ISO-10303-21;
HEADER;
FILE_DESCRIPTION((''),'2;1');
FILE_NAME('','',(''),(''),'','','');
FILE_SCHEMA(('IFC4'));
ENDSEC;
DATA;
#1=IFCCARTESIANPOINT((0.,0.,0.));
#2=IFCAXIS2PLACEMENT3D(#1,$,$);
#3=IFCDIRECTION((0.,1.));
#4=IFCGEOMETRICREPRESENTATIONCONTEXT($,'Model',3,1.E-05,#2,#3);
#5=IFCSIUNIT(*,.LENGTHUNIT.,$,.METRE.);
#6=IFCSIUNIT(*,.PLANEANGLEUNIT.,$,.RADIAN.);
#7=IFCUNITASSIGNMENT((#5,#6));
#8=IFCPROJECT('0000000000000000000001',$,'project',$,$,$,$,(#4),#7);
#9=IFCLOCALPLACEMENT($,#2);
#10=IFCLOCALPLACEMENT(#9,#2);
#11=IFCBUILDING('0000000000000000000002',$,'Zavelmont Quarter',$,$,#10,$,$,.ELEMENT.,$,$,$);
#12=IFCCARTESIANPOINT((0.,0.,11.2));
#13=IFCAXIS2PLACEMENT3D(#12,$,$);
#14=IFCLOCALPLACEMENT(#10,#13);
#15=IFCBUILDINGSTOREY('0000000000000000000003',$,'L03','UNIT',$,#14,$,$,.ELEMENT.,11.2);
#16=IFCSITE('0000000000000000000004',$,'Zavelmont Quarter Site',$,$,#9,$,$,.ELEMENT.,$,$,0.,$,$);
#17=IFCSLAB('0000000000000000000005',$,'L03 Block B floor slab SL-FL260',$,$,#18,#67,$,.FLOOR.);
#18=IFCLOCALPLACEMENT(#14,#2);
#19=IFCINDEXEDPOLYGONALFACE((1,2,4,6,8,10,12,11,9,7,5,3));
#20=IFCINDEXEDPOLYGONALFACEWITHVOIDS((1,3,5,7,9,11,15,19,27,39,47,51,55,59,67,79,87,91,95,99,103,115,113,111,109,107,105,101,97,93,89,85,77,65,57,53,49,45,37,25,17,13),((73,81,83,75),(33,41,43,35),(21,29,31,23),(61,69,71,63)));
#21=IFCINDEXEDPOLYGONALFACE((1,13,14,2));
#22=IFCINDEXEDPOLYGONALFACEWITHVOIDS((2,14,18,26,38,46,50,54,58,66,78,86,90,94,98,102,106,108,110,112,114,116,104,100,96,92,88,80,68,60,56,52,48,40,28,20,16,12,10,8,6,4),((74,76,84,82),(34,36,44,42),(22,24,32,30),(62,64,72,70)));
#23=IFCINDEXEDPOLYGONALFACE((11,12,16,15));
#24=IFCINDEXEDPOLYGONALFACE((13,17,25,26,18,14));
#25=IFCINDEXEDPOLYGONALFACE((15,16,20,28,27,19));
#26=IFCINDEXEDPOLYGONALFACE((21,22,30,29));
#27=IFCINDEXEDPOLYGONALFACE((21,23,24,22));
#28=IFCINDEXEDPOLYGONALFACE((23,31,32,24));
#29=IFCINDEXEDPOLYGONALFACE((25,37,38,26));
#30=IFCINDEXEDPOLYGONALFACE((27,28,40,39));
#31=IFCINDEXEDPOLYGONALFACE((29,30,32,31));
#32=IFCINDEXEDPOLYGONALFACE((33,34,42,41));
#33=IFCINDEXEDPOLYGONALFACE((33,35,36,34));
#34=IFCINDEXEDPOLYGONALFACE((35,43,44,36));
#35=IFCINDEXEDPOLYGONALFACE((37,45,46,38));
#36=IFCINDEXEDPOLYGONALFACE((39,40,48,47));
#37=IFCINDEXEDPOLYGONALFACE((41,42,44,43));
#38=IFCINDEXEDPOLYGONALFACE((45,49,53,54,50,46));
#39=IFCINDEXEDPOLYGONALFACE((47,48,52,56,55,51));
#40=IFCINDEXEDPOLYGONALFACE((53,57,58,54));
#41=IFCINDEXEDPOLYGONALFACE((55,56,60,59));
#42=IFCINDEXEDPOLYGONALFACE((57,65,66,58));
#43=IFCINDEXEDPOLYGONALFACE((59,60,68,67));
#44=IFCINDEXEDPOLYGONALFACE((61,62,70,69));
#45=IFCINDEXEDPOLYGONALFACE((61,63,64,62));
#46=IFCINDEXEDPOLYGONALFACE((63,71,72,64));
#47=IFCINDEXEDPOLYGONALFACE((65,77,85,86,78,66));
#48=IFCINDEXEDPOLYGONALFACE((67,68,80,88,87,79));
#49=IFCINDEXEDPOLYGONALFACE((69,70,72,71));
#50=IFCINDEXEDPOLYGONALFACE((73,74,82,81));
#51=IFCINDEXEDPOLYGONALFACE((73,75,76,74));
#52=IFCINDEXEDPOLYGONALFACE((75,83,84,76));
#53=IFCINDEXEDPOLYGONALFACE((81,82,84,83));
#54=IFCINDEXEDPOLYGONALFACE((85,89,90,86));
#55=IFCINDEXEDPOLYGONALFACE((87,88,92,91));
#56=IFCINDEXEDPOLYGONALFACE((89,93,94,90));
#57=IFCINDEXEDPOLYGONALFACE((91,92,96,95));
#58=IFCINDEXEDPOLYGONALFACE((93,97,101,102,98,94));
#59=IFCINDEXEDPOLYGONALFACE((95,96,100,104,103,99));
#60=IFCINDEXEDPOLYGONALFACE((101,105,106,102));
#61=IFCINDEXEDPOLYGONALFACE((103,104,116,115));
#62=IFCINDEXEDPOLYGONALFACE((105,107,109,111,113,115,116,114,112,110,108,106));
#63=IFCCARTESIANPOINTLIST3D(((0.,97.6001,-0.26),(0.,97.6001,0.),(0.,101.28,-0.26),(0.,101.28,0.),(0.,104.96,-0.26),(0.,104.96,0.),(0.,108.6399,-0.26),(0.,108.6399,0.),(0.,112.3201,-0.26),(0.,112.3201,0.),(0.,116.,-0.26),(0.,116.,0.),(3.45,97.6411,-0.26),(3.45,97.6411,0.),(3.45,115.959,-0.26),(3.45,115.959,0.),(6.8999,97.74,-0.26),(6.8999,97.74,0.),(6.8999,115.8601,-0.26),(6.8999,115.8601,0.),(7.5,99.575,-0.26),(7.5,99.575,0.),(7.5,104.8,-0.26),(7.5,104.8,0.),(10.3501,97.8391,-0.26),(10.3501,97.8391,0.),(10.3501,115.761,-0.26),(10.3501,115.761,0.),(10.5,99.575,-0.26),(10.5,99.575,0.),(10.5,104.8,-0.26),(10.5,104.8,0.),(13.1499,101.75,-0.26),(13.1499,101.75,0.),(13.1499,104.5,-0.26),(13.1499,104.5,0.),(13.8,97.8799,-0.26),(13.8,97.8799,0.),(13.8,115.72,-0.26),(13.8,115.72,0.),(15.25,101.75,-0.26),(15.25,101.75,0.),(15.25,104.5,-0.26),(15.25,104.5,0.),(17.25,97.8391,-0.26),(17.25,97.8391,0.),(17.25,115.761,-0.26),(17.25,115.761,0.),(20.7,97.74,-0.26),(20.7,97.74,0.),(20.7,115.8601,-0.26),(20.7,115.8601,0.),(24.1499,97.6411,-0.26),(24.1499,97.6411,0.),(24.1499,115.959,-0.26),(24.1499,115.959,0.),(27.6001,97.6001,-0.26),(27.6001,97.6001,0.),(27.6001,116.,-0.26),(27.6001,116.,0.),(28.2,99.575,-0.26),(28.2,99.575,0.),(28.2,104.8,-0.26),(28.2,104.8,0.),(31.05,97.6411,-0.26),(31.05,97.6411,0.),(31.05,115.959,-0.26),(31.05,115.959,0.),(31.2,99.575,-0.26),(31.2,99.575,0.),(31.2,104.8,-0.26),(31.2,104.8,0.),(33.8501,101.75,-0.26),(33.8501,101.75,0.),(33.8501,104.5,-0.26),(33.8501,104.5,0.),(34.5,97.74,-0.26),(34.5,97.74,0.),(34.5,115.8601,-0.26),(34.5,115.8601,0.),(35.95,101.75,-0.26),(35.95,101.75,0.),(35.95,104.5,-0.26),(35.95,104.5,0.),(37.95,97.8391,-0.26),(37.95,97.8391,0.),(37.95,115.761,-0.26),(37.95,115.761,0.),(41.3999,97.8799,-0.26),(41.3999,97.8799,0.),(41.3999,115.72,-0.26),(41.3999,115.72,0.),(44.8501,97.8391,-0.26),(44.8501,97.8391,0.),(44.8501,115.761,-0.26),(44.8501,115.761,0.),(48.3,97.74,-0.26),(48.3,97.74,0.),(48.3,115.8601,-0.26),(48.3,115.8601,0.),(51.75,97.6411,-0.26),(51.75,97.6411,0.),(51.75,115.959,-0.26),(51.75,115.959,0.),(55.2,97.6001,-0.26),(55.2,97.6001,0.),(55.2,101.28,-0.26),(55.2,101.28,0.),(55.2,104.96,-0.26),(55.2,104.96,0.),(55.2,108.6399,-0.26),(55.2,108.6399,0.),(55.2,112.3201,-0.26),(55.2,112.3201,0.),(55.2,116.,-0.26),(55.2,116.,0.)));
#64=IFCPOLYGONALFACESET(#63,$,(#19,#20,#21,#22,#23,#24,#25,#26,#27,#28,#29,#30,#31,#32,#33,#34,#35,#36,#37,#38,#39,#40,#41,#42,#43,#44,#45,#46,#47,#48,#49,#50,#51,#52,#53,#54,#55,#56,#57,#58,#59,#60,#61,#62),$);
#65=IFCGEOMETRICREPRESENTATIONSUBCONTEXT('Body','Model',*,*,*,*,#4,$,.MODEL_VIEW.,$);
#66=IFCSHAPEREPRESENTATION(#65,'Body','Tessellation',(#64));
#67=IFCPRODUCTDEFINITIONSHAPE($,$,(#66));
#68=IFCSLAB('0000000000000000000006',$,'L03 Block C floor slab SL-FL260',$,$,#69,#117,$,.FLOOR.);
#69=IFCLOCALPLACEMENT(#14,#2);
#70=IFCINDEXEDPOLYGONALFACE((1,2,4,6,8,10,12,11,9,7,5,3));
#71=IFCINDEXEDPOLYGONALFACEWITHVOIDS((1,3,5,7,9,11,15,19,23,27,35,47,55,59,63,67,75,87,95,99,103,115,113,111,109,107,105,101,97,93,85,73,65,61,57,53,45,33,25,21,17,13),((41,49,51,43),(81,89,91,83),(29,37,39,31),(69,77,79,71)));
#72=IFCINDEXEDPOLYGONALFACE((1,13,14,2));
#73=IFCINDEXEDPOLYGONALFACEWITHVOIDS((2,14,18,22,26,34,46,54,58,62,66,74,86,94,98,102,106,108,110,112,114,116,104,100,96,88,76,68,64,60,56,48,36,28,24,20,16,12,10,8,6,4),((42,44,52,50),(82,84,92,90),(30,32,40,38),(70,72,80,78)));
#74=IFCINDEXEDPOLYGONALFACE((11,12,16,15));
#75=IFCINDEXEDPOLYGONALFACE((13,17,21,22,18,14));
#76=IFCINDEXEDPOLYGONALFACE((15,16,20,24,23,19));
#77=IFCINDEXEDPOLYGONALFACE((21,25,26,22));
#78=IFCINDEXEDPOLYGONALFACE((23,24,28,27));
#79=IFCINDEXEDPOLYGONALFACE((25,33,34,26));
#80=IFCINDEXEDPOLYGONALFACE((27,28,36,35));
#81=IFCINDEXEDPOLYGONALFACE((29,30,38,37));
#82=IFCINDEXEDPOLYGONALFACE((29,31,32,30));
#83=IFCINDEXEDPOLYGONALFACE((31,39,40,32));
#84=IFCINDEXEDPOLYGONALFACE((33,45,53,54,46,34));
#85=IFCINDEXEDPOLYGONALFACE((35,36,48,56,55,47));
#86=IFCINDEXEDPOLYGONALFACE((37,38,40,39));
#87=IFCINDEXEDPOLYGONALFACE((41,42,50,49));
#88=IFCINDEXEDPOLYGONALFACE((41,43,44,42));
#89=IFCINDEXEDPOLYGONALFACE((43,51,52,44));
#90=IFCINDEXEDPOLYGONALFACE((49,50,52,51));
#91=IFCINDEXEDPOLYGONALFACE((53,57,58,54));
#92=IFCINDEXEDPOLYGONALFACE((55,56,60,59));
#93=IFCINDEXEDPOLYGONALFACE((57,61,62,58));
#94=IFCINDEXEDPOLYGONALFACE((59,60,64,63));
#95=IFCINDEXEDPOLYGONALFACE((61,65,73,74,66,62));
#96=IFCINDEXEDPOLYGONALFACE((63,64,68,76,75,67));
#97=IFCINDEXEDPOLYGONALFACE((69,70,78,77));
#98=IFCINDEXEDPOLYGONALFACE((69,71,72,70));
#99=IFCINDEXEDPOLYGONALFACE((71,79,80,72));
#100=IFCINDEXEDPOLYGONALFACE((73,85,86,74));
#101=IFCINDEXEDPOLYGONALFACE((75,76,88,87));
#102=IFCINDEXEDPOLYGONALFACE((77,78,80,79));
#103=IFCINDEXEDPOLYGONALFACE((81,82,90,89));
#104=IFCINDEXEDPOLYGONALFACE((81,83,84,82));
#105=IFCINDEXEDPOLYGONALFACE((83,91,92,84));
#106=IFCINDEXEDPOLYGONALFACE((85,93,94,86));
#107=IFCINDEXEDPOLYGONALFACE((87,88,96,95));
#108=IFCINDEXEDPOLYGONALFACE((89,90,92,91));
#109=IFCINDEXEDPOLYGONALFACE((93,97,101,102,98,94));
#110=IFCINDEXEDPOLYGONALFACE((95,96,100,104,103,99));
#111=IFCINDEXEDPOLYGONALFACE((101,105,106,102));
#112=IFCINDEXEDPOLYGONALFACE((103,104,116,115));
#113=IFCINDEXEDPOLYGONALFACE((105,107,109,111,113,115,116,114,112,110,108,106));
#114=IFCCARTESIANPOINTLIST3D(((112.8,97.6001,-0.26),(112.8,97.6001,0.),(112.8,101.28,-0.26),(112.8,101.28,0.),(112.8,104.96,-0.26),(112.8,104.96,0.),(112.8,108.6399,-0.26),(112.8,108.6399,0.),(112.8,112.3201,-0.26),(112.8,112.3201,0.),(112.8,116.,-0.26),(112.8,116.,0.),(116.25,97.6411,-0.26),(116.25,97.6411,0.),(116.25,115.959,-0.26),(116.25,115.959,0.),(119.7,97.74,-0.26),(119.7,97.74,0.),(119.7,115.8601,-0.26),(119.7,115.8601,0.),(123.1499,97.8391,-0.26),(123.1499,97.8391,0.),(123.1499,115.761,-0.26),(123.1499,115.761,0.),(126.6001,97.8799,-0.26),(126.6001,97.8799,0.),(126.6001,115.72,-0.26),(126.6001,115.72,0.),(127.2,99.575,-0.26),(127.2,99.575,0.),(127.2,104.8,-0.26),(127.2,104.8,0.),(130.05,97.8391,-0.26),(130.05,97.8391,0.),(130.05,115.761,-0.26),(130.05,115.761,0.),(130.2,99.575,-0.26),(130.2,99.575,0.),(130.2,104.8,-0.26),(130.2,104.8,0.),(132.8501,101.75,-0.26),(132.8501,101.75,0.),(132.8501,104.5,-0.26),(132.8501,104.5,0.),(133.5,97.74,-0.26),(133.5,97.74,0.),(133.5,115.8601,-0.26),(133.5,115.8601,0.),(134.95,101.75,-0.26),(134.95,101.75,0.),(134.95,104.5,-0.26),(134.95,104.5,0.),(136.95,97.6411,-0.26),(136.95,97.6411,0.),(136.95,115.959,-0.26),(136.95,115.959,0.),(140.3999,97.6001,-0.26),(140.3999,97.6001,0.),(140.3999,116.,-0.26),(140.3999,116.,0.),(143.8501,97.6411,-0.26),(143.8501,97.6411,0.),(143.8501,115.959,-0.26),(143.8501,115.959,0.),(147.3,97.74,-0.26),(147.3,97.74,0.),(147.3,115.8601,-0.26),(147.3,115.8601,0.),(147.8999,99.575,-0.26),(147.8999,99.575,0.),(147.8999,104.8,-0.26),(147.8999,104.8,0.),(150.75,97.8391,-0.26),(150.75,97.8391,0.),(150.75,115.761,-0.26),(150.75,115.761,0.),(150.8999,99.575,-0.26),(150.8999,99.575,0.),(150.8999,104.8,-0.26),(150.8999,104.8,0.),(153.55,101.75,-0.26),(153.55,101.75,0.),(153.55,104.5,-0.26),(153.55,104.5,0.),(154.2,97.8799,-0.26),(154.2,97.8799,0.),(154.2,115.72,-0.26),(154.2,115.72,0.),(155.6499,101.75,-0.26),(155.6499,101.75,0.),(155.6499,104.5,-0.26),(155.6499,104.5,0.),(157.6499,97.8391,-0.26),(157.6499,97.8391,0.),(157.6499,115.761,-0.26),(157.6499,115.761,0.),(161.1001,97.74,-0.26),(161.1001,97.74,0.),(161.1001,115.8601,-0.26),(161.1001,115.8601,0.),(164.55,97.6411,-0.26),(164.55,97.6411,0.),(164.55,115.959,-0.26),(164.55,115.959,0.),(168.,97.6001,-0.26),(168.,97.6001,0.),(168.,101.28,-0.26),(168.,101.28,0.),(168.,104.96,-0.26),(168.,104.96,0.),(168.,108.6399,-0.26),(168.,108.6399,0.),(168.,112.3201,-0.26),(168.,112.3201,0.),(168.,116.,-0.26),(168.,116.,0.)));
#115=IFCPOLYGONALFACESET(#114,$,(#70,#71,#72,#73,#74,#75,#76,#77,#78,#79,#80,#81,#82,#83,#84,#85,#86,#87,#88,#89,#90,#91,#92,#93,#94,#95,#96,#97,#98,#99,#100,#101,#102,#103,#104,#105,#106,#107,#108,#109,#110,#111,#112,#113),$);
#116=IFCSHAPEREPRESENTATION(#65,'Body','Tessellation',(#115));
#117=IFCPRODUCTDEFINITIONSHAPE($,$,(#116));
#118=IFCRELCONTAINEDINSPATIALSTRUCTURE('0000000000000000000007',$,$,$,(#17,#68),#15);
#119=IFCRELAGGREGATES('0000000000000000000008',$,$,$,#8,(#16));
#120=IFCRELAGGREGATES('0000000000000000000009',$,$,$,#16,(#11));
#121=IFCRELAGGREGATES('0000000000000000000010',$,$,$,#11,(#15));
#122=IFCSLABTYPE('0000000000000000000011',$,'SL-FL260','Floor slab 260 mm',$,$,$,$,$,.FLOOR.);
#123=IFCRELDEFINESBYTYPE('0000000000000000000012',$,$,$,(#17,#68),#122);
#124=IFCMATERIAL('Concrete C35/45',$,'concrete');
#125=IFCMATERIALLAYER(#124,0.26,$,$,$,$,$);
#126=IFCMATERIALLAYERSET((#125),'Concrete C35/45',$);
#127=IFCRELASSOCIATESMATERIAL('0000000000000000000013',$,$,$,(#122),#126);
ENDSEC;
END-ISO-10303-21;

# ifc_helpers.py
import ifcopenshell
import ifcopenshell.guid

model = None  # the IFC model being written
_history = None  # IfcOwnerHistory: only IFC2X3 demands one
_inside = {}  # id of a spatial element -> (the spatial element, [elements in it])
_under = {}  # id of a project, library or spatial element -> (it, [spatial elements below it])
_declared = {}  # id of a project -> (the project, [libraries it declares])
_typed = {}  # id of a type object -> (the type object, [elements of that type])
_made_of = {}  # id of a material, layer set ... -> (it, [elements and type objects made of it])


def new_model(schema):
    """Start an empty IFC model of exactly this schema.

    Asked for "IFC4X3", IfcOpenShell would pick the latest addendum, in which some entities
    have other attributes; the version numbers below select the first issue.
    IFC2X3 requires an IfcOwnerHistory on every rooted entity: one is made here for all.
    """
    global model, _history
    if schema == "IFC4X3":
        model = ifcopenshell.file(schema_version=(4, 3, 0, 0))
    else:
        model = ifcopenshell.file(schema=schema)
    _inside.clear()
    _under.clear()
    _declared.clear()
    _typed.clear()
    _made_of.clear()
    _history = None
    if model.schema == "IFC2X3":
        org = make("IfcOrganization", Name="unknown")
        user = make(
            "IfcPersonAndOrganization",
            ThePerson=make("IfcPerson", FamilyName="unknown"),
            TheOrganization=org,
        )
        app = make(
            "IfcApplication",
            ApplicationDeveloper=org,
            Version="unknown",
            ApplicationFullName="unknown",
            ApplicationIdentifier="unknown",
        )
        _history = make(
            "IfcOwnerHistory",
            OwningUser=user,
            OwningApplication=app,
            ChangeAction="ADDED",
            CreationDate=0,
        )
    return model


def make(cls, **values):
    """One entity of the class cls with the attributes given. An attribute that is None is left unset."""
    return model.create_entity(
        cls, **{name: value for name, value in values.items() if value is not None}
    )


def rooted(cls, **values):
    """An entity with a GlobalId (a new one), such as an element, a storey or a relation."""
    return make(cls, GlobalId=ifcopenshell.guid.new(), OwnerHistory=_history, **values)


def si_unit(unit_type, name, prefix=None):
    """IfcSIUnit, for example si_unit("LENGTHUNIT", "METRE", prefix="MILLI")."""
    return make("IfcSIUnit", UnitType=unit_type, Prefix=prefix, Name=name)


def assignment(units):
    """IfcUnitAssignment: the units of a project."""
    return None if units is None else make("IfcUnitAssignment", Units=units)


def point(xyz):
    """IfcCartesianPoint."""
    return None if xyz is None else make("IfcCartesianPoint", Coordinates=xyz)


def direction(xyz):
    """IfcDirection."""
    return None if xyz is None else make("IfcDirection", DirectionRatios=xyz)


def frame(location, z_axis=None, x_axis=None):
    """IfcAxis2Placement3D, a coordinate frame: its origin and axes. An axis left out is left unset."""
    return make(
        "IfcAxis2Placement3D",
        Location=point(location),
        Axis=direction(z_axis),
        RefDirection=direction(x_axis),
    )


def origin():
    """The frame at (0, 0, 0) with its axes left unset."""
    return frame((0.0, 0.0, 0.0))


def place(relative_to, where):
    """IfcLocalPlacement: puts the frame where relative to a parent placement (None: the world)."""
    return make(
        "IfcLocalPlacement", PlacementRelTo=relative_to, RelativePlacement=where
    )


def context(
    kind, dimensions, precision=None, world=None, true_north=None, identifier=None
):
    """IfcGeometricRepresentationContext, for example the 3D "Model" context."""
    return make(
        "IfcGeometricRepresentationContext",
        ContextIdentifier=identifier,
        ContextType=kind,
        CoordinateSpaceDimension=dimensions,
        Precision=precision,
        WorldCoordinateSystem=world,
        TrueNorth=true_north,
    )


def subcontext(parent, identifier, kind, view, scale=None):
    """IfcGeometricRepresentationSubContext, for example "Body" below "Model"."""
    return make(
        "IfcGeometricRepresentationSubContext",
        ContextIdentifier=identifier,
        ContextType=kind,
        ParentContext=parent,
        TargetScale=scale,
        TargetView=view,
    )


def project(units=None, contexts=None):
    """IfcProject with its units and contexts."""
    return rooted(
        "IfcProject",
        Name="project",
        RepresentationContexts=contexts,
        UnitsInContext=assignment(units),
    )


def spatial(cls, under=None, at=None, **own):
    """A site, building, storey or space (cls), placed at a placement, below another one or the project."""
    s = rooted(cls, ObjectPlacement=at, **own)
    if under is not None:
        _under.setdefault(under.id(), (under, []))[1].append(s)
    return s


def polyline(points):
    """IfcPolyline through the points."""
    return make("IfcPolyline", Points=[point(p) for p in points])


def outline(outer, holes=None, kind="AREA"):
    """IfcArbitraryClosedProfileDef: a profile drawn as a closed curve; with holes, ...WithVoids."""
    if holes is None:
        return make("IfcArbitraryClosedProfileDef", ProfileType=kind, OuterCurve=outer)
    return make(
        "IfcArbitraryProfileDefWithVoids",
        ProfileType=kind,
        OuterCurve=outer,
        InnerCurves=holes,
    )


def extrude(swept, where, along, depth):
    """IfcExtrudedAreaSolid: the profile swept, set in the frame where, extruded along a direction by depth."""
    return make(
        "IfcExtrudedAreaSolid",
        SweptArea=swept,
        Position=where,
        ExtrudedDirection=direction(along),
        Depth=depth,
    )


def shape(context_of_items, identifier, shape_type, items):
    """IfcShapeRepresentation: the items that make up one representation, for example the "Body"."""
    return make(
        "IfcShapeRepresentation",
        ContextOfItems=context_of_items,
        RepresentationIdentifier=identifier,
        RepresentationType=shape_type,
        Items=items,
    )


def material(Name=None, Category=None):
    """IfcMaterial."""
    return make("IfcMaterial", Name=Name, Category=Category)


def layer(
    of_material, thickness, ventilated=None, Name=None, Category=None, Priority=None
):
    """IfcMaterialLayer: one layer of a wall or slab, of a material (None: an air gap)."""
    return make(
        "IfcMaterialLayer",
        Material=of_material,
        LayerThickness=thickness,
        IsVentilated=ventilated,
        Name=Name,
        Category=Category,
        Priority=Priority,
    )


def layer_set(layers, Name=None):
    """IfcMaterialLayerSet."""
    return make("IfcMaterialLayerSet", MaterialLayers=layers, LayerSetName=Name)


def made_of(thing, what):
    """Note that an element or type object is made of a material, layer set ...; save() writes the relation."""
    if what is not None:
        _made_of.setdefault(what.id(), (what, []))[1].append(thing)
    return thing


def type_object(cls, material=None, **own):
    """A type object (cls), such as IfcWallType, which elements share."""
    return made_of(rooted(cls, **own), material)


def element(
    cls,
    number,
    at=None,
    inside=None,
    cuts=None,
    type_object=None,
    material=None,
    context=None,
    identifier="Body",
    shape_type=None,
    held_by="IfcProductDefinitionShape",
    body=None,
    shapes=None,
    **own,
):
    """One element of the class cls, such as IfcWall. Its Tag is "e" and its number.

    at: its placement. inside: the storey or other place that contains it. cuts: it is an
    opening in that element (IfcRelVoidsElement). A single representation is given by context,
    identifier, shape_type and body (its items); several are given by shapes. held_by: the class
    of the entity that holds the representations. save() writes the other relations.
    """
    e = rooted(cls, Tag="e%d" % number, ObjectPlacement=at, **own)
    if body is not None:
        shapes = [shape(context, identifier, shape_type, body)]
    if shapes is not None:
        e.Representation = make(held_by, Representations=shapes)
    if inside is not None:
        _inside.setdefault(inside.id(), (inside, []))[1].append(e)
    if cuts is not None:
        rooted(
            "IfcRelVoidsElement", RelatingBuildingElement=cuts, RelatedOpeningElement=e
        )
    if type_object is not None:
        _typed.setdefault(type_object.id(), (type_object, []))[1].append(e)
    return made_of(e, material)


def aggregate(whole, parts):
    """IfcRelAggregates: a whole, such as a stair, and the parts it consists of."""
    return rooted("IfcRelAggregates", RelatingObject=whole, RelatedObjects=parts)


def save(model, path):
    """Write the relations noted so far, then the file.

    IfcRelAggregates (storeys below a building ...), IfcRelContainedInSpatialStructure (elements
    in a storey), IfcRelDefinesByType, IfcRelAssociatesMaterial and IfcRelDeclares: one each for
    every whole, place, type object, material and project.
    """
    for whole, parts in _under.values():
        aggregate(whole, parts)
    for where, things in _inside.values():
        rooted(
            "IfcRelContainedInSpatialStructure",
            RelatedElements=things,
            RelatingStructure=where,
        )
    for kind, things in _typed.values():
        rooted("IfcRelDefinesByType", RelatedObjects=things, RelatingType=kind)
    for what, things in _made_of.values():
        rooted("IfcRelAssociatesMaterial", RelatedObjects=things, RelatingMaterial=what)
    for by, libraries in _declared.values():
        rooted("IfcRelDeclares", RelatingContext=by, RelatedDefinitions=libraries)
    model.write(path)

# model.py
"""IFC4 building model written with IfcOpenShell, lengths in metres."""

from ifc_helpers import new_model, si_unit, direction, frame, origin, place, context, subcontext, project, spatial, polyline, outline, extrude, material, layer, layer_set, type_object, element, save


model = new_model("IFC4")

# Units and contexts
model_context = context("Model", 3, precision=1e-05, world=origin(), true_north=direction((0.0, 1.0)))
body_context = subcontext(model_context, "Body", "Model", "MODEL_VIEW")
ifc_project = project(units=[si_unit("LENGTHUNIT", "METRE"), si_unit("PLANEANGLEUNIT", "RADIAN")], contexts=[model_context])

# Site, building, storey
site_placement = place(None, origin())
site = spatial("IfcSite", under=ifc_project, at=site_placement, Name="Zavelmont Quarter Site", CompositionType="ELEMENT", RefElevation=0.0)
building_placement = place(site_placement, origin())
building = spatial("IfcBuilding", under=site, at=building_placement, Name="Zavelmont Quarter", CompositionType="ELEMENT")
storey_placement = place(building_placement, frame((0.0, 0.0, 11.2)))
storey = spatial("IfcBuildingStorey", under=building, at=storey_placement, Name="L03", Description="UNIT", CompositionType="ELEMENT", Elevation=11.2)

# Slabs
ifc_material_1 = material(Name="Concrete C35/45", Category="concrete")
ifc_layer_1 = layer(ifc_material_1, 0.26)
ifc_layer_set_1 = layer_set([ifc_layer_1], Name="Concrete C35/45")
slab_type_1 = type_object("IfcSlabType", Name="SL-FL260", Description="Floor slab 260 mm", PredefinedType="FLOOR", material=ifc_layer_set_1)
slab_1_placement = place(storey_placement, frame((0.0, 0.0, -0.26)))
element("IfcSlab", 1, at=slab_1_placement, inside=storey, type_object=slab_type_1, Name="L03 Block B floor slab SL-FL260", PredefinedType="FLOOR", context=body_context, shape_type="SweptSolid", body=[
    extrude(outline(polyline([(0.0, 97.6001), (3.45, 97.6411), (6.8999, 97.74), (10.3501, 97.8391), (13.8, 97.8799), (17.25, 97.8391), (20.7, 97.74), (24.1499, 97.6411), (27.6001, 97.6001), (31.05, 97.6411), (34.5, 97.74), (37.95, 97.8391), (41.3999, 97.8799), (44.8501, 97.8391), (48.3, 97.74), (51.75, 97.6411), (55.2, 97.6001), (55.2, 101.28), (55.2, 104.96), (55.2, 108.6399), (55.2, 112.3201), (55.2, 116.0), (51.75, 115.959), (48.3, 115.8601), (44.8501, 115.761), (41.3999, 115.72), (37.95, 115.761), (34.5, 115.8601), (31.05, 115.959), (27.6001, 116.0), (24.1499, 115.959), (20.7, 115.8601), (17.25, 115.761), (13.8, 115.72), (10.3501, 115.761), (6.8999, 115.8601), (3.45, 115.959), (0.0, 116.0), (0.0, 112.3201), (0.0, 108.6399), (0.0, 104.96), (0.0, 101.28), (0.0, 97.6001)]), holes=[polyline([(10.5, 99.575), (10.5, 104.8), (7.5, 104.8), (7.5, 99.575), (10.5, 99.575)]), polyline([(13.1499, 101.75), (15.25, 101.75), (15.25, 104.5), (13.1499, 104.5), (13.1499, 101.75)]), polyline([(31.2, 99.575), (31.2, 104.8), (28.2, 104.8), (28.2, 99.575), (31.2, 99.575)]), polyline([(33.8501, 101.75), (35.95, 101.75), (35.95, 104.5), (33.8501, 104.5), (33.8501, 101.75)])]), origin(), (0.0, 0.0, 1.0), 0.26),
])
slab_2_placement = place(storey_placement, frame((0.0, 0.0, -0.26)))
element("IfcSlab", 2, at=slab_2_placement, inside=storey, type_object=slab_type_1, Name="L03 Block C floor slab SL-FL260", PredefinedType="FLOOR", context=body_context, shape_type="SweptSolid", body=[
    extrude(outline(polyline([(112.8, 97.6001), (116.25, 97.6411), (119.7, 97.74), (123.1499, 97.8391), (126.6001, 97.8799), (130.05, 97.8391), (133.5, 97.74), (136.95, 97.6411), (140.3999, 97.6001), (143.8501, 97.6411), (147.3, 97.74), (150.75, 97.8391), (154.2, 97.8799), (157.6499, 97.8391), (161.1001, 97.74), (164.55, 97.6411), (168.0, 97.6001), (168.0, 101.28), (168.0, 104.96), (168.0, 108.6399), (168.0, 112.3201), (168.0, 116.0), (164.55, 115.959), (161.1001, 115.8601), (157.6499, 115.761), (154.2, 115.72), (150.75, 115.761), (147.3, 115.8601), (143.8501, 115.959), (140.3999, 116.0), (136.95, 115.959), (133.5, 115.8601), (130.05, 115.761), (126.6001, 115.72), (123.1499, 115.761), (119.7, 115.8601), (116.25, 115.959), (112.8, 116.0), (112.8, 112.3201), (112.8, 108.6399), (112.8, 104.96), (112.8, 101.28), (112.8, 97.6001)]), holes=[polyline([(130.2, 99.575), (130.2, 104.8), (127.2, 104.8), (127.2, 99.575), (130.2, 99.575)]), polyline([(132.8501, 101.75), (134.95, 101.75), (134.95, 104.5), (132.8501, 104.5), (132.8501, 101.75)]), polyline([(150.8999, 99.575), (150.8999, 104.8), (147.8999, 104.8), (147.8999, 99.575), (150.8999, 99.575)]), polyline([(153.55, 101.75), (155.6499, 101.75), (155.6499, 104.5), (153.55, 104.5), (153.55, 101.75)])]), origin(), (0.0, 0.0, 1.0), 0.26),
])

save(model, "model.ifc")
